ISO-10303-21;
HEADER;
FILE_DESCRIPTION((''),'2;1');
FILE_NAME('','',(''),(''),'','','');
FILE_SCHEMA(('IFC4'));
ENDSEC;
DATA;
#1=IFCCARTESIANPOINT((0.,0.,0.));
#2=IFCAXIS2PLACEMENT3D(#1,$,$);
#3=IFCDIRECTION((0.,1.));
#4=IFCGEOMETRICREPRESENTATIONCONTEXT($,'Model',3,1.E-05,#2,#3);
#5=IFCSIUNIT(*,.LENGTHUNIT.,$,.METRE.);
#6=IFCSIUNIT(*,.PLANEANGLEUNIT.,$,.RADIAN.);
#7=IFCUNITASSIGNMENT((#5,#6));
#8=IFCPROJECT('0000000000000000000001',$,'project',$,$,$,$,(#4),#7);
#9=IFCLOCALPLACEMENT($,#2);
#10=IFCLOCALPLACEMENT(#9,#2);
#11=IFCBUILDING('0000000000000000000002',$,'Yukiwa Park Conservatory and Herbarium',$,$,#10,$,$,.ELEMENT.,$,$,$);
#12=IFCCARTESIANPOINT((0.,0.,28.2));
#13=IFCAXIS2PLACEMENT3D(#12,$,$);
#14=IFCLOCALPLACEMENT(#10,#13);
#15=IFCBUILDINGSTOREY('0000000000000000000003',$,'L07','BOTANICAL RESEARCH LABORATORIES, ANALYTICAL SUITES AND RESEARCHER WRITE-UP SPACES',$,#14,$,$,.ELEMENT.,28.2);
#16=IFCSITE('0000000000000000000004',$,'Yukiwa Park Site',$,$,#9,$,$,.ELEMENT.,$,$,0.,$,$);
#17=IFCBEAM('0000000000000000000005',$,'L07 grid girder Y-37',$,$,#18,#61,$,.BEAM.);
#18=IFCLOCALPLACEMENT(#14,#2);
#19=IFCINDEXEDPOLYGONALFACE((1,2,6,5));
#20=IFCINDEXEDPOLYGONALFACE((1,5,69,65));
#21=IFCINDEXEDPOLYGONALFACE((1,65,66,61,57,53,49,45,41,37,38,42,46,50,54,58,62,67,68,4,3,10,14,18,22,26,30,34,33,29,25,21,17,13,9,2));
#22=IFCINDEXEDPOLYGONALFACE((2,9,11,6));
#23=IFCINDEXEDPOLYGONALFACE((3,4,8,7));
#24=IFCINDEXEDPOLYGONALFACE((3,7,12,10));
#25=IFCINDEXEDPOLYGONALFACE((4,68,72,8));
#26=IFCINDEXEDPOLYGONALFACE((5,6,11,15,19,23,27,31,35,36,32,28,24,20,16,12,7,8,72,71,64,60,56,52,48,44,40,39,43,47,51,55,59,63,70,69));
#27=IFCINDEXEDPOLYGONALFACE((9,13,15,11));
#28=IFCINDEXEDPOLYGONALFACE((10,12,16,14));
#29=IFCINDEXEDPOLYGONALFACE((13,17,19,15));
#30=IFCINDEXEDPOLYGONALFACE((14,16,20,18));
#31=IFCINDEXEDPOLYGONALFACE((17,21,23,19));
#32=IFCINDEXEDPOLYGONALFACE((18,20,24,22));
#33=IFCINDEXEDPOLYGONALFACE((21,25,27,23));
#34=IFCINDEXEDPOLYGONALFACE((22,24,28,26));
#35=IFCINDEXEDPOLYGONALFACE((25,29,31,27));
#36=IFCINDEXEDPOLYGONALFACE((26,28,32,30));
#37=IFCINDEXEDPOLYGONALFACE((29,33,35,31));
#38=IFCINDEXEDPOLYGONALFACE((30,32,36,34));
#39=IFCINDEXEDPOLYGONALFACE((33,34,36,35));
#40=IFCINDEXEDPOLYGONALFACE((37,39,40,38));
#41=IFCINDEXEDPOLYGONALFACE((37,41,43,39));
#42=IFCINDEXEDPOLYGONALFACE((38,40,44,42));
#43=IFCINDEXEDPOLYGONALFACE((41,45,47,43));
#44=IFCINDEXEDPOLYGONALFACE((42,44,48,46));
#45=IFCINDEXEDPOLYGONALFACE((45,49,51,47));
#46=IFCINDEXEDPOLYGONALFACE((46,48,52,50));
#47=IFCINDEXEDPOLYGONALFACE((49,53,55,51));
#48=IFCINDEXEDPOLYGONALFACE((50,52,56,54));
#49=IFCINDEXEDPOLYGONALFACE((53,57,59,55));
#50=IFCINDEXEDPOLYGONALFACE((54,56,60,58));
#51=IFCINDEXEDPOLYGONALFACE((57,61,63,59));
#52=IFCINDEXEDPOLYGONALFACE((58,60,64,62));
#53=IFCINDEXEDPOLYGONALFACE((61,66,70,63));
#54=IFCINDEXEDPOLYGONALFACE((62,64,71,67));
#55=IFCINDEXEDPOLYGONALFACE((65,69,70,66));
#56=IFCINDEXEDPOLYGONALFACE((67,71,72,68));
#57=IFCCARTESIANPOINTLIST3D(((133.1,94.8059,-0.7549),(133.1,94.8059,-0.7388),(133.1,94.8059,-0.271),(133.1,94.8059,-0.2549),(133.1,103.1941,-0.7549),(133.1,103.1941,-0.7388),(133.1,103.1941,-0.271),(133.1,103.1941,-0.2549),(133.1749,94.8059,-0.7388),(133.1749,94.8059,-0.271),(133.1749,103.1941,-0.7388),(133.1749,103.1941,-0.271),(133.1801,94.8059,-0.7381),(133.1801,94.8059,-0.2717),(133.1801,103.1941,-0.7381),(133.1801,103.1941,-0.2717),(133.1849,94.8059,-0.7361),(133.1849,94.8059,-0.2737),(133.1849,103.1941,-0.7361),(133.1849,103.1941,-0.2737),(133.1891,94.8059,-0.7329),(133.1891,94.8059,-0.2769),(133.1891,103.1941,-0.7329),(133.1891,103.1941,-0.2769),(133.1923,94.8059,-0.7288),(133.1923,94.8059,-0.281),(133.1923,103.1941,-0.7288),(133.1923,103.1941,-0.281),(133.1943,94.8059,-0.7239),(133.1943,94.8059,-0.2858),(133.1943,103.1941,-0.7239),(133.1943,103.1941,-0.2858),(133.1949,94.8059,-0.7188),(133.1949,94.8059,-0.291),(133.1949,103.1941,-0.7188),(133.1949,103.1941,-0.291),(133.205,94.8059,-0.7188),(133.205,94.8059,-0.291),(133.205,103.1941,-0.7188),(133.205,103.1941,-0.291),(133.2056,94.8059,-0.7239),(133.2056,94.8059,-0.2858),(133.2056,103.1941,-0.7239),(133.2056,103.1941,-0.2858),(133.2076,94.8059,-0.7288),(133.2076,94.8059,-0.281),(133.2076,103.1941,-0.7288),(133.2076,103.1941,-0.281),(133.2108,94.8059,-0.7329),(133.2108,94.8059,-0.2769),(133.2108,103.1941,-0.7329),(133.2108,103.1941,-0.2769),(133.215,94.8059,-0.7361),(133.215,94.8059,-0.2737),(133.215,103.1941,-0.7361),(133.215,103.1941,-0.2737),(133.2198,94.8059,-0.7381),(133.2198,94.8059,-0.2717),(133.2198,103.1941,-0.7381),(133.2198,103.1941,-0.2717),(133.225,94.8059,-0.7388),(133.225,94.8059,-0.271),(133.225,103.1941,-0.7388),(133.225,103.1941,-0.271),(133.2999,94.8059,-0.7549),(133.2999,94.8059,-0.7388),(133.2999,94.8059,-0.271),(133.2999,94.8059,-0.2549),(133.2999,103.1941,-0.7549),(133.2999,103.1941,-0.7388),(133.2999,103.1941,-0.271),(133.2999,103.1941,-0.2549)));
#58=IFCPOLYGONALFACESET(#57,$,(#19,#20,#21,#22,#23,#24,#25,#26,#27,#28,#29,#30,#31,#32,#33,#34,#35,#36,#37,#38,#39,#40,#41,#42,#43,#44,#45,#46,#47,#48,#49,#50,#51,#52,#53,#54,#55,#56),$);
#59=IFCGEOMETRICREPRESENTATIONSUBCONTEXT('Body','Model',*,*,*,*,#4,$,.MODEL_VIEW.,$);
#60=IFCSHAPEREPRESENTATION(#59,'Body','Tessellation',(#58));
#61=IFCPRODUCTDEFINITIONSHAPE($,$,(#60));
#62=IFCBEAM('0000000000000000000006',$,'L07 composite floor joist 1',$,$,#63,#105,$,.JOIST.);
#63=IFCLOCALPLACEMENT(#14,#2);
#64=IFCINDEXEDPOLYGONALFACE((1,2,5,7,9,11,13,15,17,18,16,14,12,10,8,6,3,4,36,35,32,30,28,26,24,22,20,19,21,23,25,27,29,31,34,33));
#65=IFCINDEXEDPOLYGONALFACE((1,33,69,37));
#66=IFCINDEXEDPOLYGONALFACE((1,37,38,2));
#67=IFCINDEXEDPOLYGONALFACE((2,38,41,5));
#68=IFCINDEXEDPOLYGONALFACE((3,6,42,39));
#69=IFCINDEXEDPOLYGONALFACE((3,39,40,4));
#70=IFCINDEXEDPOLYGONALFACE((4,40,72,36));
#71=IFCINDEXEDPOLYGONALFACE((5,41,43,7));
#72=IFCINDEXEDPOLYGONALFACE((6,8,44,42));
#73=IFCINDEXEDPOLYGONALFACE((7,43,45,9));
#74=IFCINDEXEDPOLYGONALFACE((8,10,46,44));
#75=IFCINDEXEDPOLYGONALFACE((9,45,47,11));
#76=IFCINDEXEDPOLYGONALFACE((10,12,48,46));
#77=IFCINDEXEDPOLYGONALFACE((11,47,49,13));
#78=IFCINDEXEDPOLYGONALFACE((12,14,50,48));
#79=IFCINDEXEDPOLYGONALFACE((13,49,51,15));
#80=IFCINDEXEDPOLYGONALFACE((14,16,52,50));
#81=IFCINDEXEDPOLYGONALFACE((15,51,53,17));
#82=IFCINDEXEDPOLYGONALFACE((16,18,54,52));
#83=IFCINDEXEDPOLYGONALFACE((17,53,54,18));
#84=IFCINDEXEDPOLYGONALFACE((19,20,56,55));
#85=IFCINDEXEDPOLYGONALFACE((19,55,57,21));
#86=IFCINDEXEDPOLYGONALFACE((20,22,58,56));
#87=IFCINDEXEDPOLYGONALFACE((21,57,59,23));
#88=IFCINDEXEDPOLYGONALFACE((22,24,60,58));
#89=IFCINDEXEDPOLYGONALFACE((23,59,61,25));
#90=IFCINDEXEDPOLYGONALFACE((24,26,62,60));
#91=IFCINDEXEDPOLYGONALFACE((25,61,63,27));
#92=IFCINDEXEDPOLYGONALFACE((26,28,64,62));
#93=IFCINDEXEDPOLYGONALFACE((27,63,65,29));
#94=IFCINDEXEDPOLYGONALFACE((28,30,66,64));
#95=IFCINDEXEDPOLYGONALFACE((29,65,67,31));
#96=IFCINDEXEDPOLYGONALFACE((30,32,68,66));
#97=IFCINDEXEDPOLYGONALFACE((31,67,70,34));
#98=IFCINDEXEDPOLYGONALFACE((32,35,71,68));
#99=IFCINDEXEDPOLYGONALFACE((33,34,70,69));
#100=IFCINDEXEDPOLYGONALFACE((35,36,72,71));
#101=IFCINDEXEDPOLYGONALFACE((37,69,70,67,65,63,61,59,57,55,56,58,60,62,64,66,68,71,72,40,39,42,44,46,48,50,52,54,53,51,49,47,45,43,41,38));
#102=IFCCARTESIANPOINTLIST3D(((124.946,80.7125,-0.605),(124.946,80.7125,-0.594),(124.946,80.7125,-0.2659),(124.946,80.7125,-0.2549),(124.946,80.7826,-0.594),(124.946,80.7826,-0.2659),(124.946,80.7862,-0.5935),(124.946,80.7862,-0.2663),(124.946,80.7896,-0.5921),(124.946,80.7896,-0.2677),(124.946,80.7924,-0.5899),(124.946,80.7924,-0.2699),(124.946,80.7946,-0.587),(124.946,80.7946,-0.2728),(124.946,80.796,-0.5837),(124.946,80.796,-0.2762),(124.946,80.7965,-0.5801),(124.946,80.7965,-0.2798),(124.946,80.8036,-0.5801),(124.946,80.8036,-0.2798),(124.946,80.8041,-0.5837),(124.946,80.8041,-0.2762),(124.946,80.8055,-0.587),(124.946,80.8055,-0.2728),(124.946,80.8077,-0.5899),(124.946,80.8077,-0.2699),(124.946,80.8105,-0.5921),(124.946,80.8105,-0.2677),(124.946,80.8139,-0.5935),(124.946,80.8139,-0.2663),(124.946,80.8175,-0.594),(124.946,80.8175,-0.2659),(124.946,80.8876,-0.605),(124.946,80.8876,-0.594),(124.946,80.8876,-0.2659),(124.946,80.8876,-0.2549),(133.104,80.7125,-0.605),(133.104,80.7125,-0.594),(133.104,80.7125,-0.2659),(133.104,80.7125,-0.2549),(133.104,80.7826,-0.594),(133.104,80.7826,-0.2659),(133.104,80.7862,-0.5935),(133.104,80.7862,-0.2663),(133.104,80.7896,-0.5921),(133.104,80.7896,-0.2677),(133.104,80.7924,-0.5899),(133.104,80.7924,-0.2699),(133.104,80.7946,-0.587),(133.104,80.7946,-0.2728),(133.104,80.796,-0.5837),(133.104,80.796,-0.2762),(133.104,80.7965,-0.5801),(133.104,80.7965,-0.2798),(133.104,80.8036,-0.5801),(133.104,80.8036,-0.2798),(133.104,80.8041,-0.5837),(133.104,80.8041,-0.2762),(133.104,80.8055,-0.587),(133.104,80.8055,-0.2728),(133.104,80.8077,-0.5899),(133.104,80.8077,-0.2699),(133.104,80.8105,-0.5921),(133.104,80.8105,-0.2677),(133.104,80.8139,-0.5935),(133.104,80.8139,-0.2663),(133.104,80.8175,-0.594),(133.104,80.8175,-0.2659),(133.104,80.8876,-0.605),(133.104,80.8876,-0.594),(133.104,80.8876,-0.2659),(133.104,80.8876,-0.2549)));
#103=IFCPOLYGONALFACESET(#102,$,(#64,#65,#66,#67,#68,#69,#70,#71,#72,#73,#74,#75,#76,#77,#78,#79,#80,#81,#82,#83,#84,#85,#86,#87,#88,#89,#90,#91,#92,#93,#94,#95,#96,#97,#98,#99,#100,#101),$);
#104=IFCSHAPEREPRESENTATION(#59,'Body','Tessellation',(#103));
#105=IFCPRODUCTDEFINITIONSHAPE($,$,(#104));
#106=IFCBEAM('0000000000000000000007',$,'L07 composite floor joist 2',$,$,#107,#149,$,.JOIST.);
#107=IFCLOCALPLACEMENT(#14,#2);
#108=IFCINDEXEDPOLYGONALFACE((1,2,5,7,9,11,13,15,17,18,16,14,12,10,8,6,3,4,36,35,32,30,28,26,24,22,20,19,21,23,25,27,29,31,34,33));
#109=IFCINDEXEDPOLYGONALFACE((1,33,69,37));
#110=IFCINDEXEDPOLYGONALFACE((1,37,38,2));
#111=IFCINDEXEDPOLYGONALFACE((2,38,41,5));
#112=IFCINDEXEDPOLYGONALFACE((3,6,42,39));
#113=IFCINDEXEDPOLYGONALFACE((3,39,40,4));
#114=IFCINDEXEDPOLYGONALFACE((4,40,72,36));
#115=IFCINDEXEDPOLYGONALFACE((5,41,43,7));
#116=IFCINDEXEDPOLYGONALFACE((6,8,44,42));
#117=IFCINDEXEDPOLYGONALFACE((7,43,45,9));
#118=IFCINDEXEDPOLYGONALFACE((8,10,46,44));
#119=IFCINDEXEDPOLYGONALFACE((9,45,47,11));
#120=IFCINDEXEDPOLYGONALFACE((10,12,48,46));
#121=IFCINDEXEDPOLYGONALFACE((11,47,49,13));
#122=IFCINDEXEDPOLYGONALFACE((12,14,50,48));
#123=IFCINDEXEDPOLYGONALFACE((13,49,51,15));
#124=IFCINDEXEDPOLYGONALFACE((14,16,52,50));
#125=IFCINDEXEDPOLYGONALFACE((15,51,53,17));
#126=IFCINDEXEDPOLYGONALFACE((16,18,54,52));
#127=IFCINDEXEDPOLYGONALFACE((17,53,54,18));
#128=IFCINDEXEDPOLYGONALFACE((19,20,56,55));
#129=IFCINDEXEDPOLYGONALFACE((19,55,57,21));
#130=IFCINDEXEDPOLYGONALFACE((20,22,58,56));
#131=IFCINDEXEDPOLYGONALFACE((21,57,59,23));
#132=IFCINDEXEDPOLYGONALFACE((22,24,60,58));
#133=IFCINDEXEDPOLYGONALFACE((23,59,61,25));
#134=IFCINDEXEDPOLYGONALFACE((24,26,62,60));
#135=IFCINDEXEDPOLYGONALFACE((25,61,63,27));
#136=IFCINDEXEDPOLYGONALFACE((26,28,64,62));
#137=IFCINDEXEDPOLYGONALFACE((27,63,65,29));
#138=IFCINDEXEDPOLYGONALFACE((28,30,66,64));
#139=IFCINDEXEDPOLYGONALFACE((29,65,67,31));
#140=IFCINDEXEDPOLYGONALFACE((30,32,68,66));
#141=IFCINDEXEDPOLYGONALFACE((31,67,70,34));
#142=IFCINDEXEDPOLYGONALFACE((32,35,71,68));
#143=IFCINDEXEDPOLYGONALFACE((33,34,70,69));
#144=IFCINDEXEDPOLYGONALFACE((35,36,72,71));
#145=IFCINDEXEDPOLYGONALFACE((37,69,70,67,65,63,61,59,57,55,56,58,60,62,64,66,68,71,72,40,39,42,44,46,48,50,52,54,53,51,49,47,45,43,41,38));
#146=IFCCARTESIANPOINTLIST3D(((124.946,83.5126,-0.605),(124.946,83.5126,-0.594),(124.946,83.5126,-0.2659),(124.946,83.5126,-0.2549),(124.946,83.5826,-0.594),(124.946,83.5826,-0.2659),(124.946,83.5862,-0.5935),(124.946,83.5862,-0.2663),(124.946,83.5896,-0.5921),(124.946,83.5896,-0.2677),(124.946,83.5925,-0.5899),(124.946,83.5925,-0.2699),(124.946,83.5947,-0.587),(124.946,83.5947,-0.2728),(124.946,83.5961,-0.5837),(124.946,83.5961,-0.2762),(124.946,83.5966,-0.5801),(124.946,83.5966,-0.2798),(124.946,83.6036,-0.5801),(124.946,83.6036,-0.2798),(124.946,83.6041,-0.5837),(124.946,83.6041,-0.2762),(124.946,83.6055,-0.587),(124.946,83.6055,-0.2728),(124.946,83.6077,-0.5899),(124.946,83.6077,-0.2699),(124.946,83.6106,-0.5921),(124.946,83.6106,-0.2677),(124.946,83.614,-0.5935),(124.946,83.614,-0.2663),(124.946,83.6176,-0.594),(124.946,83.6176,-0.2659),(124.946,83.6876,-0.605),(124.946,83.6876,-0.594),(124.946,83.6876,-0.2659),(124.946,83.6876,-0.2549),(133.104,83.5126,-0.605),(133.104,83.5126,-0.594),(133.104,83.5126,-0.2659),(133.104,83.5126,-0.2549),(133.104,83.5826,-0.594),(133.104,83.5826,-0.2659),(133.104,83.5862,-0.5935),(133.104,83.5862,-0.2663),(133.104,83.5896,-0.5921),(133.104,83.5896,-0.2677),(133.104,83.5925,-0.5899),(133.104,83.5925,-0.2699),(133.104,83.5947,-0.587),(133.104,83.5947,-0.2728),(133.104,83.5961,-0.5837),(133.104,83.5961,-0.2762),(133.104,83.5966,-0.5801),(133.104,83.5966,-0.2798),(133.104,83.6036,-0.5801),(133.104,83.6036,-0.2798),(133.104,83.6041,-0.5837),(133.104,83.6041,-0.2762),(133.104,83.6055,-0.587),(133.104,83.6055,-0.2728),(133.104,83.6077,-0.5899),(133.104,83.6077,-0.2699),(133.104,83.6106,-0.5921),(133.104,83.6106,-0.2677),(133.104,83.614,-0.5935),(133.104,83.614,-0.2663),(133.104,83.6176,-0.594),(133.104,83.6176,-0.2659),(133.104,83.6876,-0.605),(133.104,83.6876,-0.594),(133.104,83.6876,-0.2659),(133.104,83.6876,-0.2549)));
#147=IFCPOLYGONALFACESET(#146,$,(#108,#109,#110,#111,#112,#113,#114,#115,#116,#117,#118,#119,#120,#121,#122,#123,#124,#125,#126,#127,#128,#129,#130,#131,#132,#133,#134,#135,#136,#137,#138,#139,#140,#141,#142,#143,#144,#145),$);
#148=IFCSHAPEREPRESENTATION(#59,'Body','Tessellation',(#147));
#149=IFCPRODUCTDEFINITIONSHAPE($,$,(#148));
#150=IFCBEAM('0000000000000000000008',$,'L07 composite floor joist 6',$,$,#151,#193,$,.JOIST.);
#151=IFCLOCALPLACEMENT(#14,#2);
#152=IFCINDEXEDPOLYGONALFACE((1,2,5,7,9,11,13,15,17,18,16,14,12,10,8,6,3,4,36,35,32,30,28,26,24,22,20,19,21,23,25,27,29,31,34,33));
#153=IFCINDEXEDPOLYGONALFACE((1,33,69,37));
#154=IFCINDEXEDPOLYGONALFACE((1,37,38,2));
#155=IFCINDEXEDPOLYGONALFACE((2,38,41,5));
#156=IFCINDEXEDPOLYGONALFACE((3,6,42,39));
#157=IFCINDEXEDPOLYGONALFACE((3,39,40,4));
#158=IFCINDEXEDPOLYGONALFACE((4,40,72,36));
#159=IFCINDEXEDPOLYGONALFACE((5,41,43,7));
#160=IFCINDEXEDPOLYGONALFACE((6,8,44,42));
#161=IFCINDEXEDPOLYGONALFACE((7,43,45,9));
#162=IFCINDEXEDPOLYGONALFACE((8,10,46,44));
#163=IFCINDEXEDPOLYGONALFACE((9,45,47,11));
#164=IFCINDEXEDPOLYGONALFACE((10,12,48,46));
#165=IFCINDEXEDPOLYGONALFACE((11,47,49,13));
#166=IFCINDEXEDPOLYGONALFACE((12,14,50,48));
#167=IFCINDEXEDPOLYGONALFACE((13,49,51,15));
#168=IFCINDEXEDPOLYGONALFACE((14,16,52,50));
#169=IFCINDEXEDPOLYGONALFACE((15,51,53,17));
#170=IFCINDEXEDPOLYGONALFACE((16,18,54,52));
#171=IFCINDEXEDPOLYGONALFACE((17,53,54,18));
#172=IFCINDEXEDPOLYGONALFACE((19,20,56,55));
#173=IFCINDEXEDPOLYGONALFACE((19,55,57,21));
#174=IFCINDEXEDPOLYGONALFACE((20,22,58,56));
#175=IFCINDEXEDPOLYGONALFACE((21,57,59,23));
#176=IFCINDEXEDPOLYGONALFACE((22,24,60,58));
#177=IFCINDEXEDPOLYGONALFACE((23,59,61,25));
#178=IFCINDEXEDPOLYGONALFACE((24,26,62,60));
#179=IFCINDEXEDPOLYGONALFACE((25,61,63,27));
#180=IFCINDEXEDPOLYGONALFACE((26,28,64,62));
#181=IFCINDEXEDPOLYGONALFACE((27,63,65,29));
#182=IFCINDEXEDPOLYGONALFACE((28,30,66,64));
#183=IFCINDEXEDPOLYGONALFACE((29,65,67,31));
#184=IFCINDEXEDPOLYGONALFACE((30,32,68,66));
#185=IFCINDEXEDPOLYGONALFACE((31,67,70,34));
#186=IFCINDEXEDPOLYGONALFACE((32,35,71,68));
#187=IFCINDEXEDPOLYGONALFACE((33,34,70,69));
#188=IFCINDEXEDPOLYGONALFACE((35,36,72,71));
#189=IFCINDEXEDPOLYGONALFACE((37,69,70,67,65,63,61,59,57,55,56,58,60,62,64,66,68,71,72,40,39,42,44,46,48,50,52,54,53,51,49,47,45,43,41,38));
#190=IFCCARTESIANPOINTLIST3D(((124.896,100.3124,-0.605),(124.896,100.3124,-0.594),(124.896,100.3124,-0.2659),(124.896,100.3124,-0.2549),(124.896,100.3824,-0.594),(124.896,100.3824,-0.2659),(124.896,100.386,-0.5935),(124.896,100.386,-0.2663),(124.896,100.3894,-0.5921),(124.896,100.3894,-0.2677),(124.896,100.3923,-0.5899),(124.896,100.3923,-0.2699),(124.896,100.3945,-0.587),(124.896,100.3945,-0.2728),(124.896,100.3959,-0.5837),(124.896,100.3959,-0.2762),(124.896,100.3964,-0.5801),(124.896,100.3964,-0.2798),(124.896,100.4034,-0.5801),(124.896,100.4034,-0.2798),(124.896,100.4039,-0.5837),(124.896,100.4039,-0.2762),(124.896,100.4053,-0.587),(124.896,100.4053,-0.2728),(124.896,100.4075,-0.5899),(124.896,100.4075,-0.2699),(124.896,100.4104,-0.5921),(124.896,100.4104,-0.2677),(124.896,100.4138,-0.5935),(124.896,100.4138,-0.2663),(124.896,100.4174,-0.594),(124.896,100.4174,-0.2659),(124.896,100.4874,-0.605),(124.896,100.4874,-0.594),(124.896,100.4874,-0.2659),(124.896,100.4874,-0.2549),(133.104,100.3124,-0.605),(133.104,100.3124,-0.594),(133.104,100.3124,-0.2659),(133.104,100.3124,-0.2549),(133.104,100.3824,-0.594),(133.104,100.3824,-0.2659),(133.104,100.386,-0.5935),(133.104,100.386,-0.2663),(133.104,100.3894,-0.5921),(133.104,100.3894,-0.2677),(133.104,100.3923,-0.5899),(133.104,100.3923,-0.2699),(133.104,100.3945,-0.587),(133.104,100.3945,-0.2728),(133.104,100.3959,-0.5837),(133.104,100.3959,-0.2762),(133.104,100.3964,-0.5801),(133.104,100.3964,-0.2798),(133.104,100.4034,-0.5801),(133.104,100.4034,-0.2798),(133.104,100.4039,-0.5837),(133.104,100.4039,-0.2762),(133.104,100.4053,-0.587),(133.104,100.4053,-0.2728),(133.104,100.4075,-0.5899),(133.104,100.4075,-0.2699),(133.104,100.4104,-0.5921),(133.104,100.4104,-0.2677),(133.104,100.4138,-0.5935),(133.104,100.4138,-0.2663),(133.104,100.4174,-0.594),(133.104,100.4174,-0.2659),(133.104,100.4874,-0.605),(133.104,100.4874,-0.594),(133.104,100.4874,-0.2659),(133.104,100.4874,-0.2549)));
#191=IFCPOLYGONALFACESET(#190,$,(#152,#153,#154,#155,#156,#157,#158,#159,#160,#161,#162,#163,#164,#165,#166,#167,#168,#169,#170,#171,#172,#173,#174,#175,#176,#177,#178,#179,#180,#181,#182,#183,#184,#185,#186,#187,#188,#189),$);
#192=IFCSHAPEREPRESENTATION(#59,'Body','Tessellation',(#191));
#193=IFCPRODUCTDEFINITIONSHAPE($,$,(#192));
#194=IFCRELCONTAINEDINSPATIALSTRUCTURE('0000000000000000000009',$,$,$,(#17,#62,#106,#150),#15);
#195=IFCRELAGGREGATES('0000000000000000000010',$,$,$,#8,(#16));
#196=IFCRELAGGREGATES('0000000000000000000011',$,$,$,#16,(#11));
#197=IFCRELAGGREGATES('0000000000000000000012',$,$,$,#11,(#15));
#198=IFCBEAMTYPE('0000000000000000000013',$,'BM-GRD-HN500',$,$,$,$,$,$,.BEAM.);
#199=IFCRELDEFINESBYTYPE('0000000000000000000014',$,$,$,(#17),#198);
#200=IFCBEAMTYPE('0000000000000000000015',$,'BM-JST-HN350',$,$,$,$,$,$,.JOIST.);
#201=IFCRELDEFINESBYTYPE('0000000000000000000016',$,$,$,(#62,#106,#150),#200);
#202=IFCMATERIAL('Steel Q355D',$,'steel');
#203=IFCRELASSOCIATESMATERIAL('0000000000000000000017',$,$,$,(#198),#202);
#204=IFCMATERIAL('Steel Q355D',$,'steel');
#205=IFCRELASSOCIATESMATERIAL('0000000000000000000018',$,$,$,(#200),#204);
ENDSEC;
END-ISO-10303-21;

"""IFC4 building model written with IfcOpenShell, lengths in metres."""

from ifc_helpers import new_model, si_unit, direction, frame, origin, origin_2d, place, context, subcontext, project, spatial, i_section, extrude, material, material_profile, profile_set, type_object, element, save


model = new_model("IFC4")

# Units and contexts
model_context = context("Model", 3, precision=1e-05, world=origin(), true_north=direction((0.0, 1.0)))
body_context = subcontext(model_context, "Body", "Model", "MODEL_VIEW")
ifc_project = project(units=[si_unit("LENGTHUNIT", "METRE"), si_unit("PLANEANGLEUNIT", "RADIAN")], contexts=[model_context])

# Site, building, storey
site_placement = place(None, origin())
site = spatial("IfcSite", under=ifc_project, at=site_placement, Name="Yukiwa Park Site", CompositionType="ELEMENT", RefElevation=0.0)
building_placement = place(site_placement, origin())
building = spatial("IfcBuilding", under=site, at=building_placement, Name="Yukiwa Park Conservatory and Herbarium", CompositionType="ELEMENT")
storey_placement = place(building_placement, frame((0.0, 0.0, 28.2)))
storey = spatial("IfcBuildingStorey", under=building, at=storey_placement, Name="L07", Description="BOTANICAL RESEARCH LABORATORIES, ANALYTICAL SUITES AND RESEARCHER WRITE-UP SPACES", CompositionType="ELEMENT", Elevation=28.2)

# Beams
ifc_material_1 = material(Name="Steel Q355D", Category="steel")
ifc_material_profile_1 = material_profile(ifc_material_1, i_section(OverallWidth=0.2, OverallDepth=0.5, WebThickness=0.01, FlangeThickness=0.0161, FilletRadius=0.02, at=origin_2d()), Name="HN 500x200x10x16")
ifc_profile_set_1 = profile_set([ifc_material_profile_1], Name="Steel Q355D")
beam_type_1 = type_object("IfcBeamType", Name="BM-GRD-HN500", PredefinedType="BEAM", material=ifc_profile_set_1)
beam_1_placement = place(storey_placement, frame((133.2, 94.8059, -0.5049), z_axis=(0.0, 1.0, 0.0), x_axis=(-1.0, 0.0, 0.0)))
element("IfcBeam", 1, at=beam_1_placement, inside=storey, type_object=beam_type_1, Name="L07 grid girder Y-37", PredefinedType="BEAM", context=body_context, shape_type="SweptSolid", body=[
    extrude(i_section(OverallWidth=0.2, OverallDepth=0.5, WebThickness=0.01, FlangeThickness=0.0161, FilletRadius=0.02, at=origin_2d()), origin(), (0.0, 0.0, 1.0), 8.3882),
])
ifc_material_2 = material(Name="Steel Q355D", Category="steel")
ifc_material_profile_2 = material_profile(ifc_material_2, i_section(OverallWidth=0.175, OverallDepth=0.3501, WebThickness=0.0071, FlangeThickness=0.011, FilletRadius=0.0139, at=origin_2d()), Name="HN 350x175x7x11")
ifc_profile_set_2 = profile_set([ifc_material_profile_2], Name="Steel Q355D")
beam_type_2 = type_object("IfcBeamType", Name="BM-JST-HN350", PredefinedType="JOIST", material=ifc_profile_set_2)
for number, where, z_axis, x_axis, name in (
    (2, (124.946, 80.8, -0.4299), (1.0, 0.0, 0.0), (0.0, 1.0, 0.0), "L07 composite floor joist 1"),
    (3, (124.946, 83.6001, -0.4299), (1.0, 0.0, 0.0), (0.0, 1.0, 0.0), "L07 composite floor joist 2"),
):
    element("IfcBeam", number, at=place(storey_placement, frame(where, z_axis=z_axis, x_axis=x_axis)), inside=storey, type_object=beam_type_2, Name=name, PredefinedType="JOIST", context=body_context, shape_type="SweptSolid", body=[
        extrude(i_section(OverallWidth=0.175, OverallDepth=0.3501, WebThickness=0.0071, FlangeThickness=0.011, FilletRadius=0.0139, at=origin_2d()), origin(), (0.0, 0.0, 1.0), 8.158),
    ])
beam_2_placement = place(storey_placement, frame((124.896, 100.3999, -0.4299), z_axis=(1.0, 0.0, 0.0), x_axis=(0.0, 1.0, 0.0)))
element("IfcBeam", 4, at=beam_2_placement, inside=storey, type_object=beam_type_2, Name="L07 composite floor joist 6", PredefinedType="JOIST", context=body_context, shape_type="SweptSolid", body=[
    extrude(i_section(OverallWidth=0.175, OverallDepth=0.3501, WebThickness=0.0071, FlangeThickness=0.011, FilletRadius=0.0139, at=origin_2d()), origin(), (0.0, 0.0, 1.0), 8.208),
])

save(model, "model.ifc")
